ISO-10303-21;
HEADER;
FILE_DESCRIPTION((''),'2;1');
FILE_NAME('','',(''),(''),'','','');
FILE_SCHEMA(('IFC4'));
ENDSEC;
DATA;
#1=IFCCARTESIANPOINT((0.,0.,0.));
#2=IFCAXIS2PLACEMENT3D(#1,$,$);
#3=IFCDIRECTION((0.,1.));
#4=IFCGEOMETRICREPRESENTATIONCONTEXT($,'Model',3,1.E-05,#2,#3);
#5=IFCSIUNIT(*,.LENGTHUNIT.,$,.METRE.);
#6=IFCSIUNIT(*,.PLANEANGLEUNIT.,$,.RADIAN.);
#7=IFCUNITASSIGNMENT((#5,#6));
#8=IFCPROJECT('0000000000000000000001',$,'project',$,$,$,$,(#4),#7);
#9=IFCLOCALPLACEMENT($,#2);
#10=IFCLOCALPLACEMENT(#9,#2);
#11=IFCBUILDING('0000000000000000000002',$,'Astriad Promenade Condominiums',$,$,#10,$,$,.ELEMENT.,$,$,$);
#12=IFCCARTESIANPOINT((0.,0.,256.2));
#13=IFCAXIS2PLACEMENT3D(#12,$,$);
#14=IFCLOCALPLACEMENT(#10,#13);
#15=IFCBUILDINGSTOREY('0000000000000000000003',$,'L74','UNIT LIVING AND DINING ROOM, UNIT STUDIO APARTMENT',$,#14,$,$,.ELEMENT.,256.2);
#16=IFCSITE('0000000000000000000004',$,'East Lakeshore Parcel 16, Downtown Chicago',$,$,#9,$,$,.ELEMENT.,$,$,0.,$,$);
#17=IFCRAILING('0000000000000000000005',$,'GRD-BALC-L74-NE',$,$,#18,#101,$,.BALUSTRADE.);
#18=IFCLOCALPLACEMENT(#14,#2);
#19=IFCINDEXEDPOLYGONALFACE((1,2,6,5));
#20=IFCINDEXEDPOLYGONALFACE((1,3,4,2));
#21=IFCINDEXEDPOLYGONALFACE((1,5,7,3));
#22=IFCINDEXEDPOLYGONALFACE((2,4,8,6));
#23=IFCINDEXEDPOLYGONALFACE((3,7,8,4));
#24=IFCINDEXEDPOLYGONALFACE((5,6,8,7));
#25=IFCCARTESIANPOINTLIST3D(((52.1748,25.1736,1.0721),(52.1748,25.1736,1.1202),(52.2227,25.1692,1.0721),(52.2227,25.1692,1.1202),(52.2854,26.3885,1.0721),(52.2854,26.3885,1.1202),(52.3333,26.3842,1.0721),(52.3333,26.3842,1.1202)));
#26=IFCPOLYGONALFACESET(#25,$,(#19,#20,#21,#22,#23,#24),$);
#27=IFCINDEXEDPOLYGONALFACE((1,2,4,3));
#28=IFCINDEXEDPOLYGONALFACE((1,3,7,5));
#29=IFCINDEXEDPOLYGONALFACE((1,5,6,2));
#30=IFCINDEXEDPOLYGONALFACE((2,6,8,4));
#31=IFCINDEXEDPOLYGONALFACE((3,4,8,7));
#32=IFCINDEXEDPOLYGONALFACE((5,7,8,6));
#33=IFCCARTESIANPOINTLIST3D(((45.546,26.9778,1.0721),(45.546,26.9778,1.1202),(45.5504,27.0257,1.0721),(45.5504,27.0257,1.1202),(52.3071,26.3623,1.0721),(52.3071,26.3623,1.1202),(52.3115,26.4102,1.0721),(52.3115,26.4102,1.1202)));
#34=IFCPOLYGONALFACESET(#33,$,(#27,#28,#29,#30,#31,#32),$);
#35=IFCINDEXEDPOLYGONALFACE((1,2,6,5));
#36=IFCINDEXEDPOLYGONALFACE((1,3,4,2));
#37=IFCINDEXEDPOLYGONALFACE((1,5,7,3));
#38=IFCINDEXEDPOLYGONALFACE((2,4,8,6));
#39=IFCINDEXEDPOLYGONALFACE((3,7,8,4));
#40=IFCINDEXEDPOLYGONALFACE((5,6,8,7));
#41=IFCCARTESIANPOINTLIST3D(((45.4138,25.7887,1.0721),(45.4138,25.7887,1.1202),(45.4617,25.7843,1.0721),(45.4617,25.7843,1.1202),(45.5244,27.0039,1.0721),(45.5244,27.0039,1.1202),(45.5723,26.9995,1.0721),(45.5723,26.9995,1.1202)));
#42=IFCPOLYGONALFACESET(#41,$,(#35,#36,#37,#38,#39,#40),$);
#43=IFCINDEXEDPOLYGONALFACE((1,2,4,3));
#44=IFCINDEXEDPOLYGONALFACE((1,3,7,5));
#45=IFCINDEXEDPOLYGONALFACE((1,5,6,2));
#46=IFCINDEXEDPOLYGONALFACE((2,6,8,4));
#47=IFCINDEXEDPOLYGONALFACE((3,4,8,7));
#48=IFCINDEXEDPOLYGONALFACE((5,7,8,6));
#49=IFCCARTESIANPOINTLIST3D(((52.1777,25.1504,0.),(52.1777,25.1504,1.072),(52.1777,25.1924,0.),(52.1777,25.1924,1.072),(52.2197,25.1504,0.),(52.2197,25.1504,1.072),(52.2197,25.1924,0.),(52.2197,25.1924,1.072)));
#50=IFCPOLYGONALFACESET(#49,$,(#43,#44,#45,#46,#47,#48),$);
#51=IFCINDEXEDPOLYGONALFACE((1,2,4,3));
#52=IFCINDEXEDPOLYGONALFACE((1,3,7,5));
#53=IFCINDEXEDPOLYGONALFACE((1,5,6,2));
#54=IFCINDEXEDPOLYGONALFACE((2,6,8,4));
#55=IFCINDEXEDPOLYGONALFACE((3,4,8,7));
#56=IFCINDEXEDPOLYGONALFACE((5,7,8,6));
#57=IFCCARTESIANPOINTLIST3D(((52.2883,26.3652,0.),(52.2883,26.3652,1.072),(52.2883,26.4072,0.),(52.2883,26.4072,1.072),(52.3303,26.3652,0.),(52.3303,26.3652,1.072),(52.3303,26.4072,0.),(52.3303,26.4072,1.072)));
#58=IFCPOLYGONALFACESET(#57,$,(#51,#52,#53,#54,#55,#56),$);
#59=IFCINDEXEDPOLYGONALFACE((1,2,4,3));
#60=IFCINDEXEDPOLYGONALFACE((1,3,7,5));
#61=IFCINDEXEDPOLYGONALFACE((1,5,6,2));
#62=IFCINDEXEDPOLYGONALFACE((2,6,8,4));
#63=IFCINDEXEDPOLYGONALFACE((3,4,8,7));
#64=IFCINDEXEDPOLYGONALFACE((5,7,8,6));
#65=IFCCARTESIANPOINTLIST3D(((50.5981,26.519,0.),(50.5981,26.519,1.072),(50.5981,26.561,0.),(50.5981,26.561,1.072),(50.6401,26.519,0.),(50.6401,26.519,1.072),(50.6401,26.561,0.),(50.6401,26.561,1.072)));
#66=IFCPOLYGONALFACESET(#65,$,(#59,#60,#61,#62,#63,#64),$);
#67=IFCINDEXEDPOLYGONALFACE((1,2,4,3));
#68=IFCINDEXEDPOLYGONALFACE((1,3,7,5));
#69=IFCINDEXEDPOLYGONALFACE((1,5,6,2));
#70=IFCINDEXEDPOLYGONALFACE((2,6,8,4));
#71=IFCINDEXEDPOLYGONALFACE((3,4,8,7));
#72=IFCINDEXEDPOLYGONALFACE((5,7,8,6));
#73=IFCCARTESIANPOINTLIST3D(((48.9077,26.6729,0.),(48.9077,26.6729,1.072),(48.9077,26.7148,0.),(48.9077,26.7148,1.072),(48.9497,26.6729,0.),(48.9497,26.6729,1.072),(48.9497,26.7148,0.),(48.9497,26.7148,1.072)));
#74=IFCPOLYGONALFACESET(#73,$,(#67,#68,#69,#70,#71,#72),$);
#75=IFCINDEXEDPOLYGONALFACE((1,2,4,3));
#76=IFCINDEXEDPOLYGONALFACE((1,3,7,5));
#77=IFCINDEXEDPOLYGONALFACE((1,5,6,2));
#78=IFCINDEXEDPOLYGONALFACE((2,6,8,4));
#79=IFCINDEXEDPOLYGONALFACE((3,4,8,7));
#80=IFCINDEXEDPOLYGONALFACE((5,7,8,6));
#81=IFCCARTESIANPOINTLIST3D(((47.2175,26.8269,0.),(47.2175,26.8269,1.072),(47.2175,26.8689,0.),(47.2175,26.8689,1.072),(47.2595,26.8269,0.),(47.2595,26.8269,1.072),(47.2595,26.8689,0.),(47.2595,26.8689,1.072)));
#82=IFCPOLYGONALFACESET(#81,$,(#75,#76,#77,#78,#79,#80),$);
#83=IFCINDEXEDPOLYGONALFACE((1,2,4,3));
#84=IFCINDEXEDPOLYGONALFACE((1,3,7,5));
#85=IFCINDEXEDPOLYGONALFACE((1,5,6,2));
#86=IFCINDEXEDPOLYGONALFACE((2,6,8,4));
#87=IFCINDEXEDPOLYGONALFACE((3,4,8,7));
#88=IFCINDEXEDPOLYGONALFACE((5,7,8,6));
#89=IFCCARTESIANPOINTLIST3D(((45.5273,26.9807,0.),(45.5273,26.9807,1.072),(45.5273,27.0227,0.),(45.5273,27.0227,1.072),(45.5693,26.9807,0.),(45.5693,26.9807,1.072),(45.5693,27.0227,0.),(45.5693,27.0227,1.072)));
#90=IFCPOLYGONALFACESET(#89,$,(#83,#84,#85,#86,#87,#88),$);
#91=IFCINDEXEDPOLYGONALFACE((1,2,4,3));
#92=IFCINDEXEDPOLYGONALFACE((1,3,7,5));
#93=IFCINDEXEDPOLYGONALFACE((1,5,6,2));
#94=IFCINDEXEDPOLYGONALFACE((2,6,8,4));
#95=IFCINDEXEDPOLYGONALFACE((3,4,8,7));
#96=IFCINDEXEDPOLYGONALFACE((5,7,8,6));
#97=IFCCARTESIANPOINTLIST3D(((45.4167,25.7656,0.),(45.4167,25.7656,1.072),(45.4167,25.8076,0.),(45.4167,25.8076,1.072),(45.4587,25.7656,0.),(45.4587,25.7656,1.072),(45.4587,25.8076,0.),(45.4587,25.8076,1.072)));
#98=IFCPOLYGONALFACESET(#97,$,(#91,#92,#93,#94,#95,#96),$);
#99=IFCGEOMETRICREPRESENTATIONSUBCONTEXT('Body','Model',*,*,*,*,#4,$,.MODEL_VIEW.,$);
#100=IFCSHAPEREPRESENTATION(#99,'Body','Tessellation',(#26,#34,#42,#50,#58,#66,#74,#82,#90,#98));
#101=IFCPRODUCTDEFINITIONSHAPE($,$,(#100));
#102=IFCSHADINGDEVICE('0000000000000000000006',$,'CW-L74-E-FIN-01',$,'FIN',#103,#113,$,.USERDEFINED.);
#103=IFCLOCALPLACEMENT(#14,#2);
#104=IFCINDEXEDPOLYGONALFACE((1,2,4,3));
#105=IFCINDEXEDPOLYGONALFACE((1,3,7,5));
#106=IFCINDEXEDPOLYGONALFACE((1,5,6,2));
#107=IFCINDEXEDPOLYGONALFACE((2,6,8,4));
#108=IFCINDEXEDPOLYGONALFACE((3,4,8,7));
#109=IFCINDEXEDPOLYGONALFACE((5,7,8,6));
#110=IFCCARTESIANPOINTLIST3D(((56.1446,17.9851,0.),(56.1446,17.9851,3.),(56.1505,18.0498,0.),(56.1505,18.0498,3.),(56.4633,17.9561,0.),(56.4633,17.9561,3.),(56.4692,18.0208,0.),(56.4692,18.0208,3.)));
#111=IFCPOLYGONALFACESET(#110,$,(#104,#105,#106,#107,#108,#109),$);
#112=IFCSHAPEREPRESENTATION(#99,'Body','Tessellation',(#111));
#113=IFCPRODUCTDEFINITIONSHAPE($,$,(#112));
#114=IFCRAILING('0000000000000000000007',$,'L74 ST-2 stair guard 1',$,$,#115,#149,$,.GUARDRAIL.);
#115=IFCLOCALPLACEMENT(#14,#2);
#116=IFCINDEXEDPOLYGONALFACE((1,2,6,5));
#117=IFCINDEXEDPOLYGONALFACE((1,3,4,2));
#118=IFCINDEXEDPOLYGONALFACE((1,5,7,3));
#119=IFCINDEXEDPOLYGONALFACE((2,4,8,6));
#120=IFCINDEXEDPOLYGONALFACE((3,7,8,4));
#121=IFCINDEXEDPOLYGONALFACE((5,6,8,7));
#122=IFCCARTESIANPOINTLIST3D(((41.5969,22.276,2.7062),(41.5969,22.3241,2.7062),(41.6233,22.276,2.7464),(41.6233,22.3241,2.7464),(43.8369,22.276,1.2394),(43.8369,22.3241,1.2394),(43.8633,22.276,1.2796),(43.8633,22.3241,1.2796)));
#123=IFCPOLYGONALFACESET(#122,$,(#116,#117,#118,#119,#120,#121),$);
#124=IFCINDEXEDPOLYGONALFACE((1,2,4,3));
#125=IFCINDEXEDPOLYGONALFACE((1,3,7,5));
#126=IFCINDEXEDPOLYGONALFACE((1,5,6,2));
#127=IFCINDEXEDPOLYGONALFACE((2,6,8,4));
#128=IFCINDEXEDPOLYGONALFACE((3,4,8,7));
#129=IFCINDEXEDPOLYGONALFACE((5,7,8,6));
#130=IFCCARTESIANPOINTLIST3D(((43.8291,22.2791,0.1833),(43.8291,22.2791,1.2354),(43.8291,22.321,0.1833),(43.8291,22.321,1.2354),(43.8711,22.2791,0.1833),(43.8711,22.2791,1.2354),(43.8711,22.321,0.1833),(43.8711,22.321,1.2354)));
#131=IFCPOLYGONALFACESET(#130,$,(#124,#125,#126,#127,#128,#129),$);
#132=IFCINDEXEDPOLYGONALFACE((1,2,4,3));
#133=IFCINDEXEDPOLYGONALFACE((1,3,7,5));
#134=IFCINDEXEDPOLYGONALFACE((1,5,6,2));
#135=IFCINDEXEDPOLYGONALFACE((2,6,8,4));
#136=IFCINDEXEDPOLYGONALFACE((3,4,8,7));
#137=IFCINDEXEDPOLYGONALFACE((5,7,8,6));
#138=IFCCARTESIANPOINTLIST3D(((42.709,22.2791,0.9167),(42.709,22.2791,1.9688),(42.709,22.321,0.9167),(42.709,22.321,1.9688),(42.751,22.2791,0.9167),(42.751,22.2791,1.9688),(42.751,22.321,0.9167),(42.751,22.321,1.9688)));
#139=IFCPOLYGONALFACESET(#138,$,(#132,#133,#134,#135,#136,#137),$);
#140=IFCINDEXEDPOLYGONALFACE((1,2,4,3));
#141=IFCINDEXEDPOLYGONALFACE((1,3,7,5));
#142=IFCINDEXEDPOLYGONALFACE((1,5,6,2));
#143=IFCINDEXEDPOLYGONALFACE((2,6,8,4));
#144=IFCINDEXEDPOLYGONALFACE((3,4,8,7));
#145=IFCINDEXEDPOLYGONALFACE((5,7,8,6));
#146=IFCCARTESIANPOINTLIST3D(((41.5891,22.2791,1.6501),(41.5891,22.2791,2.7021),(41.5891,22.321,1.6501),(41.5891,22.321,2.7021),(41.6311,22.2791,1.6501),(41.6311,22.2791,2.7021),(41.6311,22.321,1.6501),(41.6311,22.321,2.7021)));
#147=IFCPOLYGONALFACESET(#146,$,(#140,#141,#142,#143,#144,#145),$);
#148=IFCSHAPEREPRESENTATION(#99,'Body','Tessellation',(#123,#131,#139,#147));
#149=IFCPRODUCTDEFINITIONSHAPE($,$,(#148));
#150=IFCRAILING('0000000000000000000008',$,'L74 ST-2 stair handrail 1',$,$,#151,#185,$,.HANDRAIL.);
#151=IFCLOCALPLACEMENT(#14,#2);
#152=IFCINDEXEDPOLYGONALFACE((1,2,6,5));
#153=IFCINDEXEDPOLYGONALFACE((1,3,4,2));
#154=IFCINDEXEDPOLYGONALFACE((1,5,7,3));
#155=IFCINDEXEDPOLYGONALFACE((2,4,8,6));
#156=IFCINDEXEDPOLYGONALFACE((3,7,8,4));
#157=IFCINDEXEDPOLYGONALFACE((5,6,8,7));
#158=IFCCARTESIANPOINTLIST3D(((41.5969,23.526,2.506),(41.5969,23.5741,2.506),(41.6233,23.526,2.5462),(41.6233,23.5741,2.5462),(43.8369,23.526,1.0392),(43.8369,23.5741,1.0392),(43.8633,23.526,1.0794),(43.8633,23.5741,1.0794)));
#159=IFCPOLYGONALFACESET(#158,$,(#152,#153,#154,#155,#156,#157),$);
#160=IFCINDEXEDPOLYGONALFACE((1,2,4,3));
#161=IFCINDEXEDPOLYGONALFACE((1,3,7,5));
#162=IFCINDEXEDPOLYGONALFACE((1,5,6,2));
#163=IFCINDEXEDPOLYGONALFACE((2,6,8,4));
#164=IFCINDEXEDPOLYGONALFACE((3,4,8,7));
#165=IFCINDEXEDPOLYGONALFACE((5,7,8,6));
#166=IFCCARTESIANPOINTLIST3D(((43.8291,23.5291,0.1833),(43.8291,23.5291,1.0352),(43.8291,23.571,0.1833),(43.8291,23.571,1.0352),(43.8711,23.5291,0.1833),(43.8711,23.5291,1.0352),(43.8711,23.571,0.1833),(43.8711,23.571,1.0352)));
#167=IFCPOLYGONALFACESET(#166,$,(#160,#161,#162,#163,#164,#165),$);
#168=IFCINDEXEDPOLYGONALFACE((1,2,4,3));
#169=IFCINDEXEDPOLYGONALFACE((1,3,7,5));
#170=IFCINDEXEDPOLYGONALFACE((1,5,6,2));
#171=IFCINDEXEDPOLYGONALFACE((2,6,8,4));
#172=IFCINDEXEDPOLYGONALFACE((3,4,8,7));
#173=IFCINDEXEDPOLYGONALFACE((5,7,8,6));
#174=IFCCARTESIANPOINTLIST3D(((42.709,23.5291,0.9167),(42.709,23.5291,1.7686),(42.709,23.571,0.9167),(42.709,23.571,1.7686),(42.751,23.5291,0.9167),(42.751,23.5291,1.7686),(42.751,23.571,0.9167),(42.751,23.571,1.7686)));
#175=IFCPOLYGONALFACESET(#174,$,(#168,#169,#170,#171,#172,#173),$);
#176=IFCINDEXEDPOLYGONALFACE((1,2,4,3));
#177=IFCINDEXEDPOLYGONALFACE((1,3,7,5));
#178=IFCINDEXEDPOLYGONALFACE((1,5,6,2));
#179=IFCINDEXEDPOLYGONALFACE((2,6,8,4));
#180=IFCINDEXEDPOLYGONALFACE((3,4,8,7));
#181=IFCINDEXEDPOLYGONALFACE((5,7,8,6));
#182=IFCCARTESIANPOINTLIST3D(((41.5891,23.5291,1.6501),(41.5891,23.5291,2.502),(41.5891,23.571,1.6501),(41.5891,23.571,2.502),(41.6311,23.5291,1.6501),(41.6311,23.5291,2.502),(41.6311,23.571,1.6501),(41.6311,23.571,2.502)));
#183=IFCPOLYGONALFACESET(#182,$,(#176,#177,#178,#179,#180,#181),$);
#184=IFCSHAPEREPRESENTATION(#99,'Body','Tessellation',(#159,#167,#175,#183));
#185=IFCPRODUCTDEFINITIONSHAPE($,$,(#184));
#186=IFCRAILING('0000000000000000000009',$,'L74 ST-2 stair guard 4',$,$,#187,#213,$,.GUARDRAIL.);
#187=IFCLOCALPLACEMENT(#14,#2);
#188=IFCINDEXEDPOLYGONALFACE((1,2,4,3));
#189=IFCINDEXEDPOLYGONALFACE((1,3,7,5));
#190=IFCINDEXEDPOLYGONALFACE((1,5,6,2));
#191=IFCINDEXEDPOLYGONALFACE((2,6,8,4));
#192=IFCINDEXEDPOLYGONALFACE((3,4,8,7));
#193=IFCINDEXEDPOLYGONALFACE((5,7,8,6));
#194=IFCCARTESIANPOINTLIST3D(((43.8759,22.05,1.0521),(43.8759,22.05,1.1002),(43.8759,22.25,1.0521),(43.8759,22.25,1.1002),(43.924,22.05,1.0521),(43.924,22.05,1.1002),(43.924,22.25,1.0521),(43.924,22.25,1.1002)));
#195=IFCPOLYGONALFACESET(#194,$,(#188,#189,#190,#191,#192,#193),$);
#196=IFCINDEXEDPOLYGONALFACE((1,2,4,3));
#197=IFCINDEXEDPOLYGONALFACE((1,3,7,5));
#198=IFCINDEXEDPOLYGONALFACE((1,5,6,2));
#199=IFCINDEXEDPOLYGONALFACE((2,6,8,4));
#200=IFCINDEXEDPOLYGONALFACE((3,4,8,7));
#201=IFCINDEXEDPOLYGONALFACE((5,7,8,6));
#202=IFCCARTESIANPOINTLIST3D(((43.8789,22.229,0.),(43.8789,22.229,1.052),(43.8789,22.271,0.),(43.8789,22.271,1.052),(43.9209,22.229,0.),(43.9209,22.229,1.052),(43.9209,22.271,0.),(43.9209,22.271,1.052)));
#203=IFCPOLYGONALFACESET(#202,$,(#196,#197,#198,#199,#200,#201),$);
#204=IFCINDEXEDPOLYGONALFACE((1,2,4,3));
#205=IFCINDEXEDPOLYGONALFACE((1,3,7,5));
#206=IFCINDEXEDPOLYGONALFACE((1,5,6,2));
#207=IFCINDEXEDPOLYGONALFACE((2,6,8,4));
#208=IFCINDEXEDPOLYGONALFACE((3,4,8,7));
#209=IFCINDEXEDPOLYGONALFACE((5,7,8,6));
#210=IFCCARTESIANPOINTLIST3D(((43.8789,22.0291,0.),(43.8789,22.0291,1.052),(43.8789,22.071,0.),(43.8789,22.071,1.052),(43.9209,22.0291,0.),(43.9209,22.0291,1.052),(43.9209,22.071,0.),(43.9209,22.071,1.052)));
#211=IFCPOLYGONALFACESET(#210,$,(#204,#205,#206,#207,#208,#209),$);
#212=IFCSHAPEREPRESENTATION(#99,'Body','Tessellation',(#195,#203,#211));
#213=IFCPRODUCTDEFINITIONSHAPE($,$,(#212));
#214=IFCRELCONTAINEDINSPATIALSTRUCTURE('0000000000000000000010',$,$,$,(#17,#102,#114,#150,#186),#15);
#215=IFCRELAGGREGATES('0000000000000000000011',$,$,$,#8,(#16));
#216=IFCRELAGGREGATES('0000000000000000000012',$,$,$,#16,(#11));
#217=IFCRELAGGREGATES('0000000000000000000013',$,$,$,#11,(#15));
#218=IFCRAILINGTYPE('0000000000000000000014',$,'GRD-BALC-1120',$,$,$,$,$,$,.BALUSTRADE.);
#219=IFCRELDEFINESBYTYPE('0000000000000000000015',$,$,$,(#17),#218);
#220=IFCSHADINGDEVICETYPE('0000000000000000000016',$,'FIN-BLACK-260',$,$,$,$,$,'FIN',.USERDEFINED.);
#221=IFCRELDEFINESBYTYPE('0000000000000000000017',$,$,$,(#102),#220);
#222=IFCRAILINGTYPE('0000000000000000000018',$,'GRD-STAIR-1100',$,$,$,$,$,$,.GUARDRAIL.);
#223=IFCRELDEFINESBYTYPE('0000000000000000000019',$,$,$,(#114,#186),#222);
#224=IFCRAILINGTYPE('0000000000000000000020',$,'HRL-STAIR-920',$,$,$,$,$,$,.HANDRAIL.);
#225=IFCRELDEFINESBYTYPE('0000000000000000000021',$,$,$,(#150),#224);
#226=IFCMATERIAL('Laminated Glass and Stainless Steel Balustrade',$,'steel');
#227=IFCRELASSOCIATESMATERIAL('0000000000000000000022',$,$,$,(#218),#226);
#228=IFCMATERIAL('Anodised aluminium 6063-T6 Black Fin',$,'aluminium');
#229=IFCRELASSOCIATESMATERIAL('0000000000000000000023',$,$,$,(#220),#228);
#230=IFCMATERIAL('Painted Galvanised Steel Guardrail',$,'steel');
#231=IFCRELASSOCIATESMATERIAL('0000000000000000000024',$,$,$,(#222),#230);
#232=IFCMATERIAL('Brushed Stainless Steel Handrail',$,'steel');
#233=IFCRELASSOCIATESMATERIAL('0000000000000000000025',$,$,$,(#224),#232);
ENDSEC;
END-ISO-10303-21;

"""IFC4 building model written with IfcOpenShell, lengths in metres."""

from ifc_helpers import new_model, si_unit, direction, frame, origin, origin_2d, place, context, subcontext, project, spatial, rectangle, extrude, source, transform, mapped, material, type_object, type_shapes, element, save


model = new_model("IFC4")

# Units and contexts
model_context = context("Model", 3, precision=1e-05, world=origin(), true_north=direction((0.0, 1.0)))
body_context = subcontext(model_context, "Body", "Model", "MODEL_VIEW")
ifc_project = project(units=[si_unit("LENGTHUNIT", "METRE"), si_unit("PLANEANGLEUNIT", "RADIAN")], contexts=[model_context])

# Site, building, storey
site_placement = place(None, origin())
site = spatial("IfcSite", under=ifc_project, at=site_placement, Name="East Lakeshore Parcel 16, Downtown Chicago", CompositionType="ELEMENT", RefElevation=0.0)
building_placement = place(site_placement, origin())
building = spatial("IfcBuilding", under=site, at=building_placement, Name="Astriad Promenade Condominiums", CompositionType="ELEMENT")
storey_placement = place(building_placement, frame((0.0, 0.0, 256.2)))
storey = spatial("IfcBuildingStorey", under=building, at=storey_placement, Name="L74", Description="UNIT LIVING AND DINING ROOM, UNIT STUDIO APARTMENT", CompositionType="ELEMENT", Elevation=256.2)

# Railing
ifc_material_1 = material(Name="Laminated Glass and Stainless Steel Balustrade", Category="steel")
railing_type_1 = type_object("IfcRailingType", Name="GRD-BALC-1120", PredefinedType="BALUSTRADE", material=ifc_material_1)
shared_shape_1 = source(origin(), body_context, "Body", "SweptSolid", [
    extrude(rectangle(XDim=0.0481, YDim=0.0481, at=origin_2d()), frame((0.0, 0.0, 1.0962), z_axis=(0.090662, 0.995882, 0.0), x_axis=(-0.995882, 0.090662, 0.0)), (0.0, 0.0, 1.0), 1.22),
    extrude(rectangle(XDim=0.0481, YDim=0.0481, at=origin_2d()), frame((0.1106, 1.2148, 1.0962), z_axis=(-0.995882, 0.090659, 0.0), x_axis=(-0.090659, -0.995882, 0.0)), (0.0, 0.0, 1.0), 6.7891),
    extrude(rectangle(XDim=0.0481, YDim=0.0481, at=origin_2d()), frame((-6.6504, 1.8303, 1.0962), z_axis=(-0.090644, -0.995883, 0.0), x_axis=(0.995883, -0.090644, 0.0)), (0.0, 0.0, 1.0), 1.2202),
    extrude(rectangle(XDim=0.042, YDim=0.042, at=origin_2d()), origin(), (0.0, 0.0, 1.0), 1.072),
    extrude(rectangle(XDim=0.042, YDim=0.042, at=origin_2d()), frame((0.1106, 1.2148, 0.0)), (0.0, 0.0, 1.0), 1.072),
    extrude(rectangle(XDim=0.042, YDim=0.042, at=origin_2d()), frame((-1.5796, 1.3687, 0.0)), (0.0, 0.0, 1.0), 1.072),
    extrude(rectangle(XDim=0.042, YDim=0.042, at=origin_2d()), frame((-3.27, 1.5225, 0.0)), (0.0, 0.0, 1.0), 1.072),
    extrude(rectangle(XDim=0.042, YDim=0.042, at=origin_2d()), frame((-4.9602, 1.6765, 0.0)), (0.0, 0.0, 1.0), 1.072),
    extrude(rectangle(XDim=0.042, YDim=0.042, at=origin_2d()), frame((-6.6504, 1.8303, 0.0)), (0.0, 0.0, 1.0), 1.072),
    extrude(rectangle(XDim=0.042, YDim=0.042, at=origin_2d()), frame((-6.761, 0.6152, 0.0)), (0.0, 0.0, 1.0), 1.072),
])
type_shapes(railing_type_1, [shared_shape_1])
railing_1_placement = place(storey_placement, frame((52.1987, 25.1714, 0.0)))
element("IfcRailing", 1, at=railing_1_placement, inside=storey, type_object=railing_type_1, Name="GRD-BALC-L74-NE", PredefinedType="BALUSTRADE", context=body_context, shape_type="MappedRepresentation", body=[
    mapped(shared_shape_1, transform((0.0, 0.0, 0.0), scale=1.0)),
])

# Shading device
ifc_material_2 = material(Name="Anodised aluminium 6063-T6 Black Fin", Category="aluminium")
shading_device_type = type_object("IfcShadingDeviceType", Name="FIN-BLACK-260", ElementType="FIN", PredefinedType="USERDEFINED", material=ifc_material_2)
shared_shape_2 = source(origin(), body_context, "Body", "SweptSolid", [
    extrude(rectangle(XDim=0.0649, YDim=0.3201, at=origin_2d()), origin(), (0.0, 0.0, 1.0), 3.0),
])
type_shapes(shading_device_type, [shared_shape_2])
shading_device_placement = place(storey_placement, frame((56.3069, 18.0029, 0.0), z_axis=(0.0, 0.0, 1.0), x_axis=(-0.090633, -0.995884, 0.0)))
element("IfcShadingDevice", 2, at=shading_device_placement, inside=storey, type_object=shading_device_type, Name="CW-L74-E-FIN-01", ObjectType="FIN", PredefinedType="USERDEFINED", context=body_context, shape_type="MappedRepresentation", body=[
    mapped(shared_shape_2, transform((0.0, 0.0, 0.0), scale=1.0)),
])

# Railings
ifc_material_3 = material(Name="Painted Galvanised Steel Guardrail", Category="steel")
railing_type_2 = type_object("IfcRailingType", Name="GRD-STAIR-1100", PredefinedType="GUARDRAIL", material=ifc_material_3)
shared_shape_3 = source(origin(), body_context, "Body", "SweptSolid", [
    extrude(rectangle(XDim=0.0481, YDim=0.0481, at=origin_2d()), frame((0.0, 0.0, 1.0762), z_axis=(-0.836595, 0.0, 0.547822), x_axis=(0.0, -1.0, 0.0)), (0.0, 0.0, 1.0), 2.6775),
    extrude(rectangle(XDim=0.042, YDim=0.042, at=origin_2d()), origin(), (0.0, 0.0, 1.0), 1.052),
    extrude(rectangle(XDim=0.042, YDim=0.042, at=origin_2d()), frame((-1.1201, 0.0, 0.7334)), (0.0, 0.0, 1.0), 1.052),
    extrude(rectangle(XDim=0.042, YDim=0.042, at=origin_2d()), frame((-2.24, 0.0, 1.4668)), (0.0, 0.0, 1.0), 1.052),
])
railing_2_placement = place(storey_placement, frame((43.8501, 22.3, 0.1833)))
element("IfcRailing", 3, at=railing_2_placement, inside=storey, type_object=railing_type_2, Name="L74 ST-2 stair guard 1", PredefinedType="GUARDRAIL", context=body_context, shape_type="MappedRepresentation", body=[
    mapped(shared_shape_3, transform((0.0, 0.0, 0.0), scale=1.0)),
])
ifc_material_4 = material(Name="Brushed Stainless Steel Handrail", Category="steel")
railing_type_3 = type_object("IfcRailingType", Name="HRL-STAIR-920", PredefinedType="HANDRAIL", material=ifc_material_4)
shared_shape_4 = source(origin(), body_context, "Body", "SweptSolid", [
    extrude(rectangle(XDim=0.0481, YDim=0.0481, at=origin_2d()), frame((0.0, 0.0, 0.876), z_axis=(-0.836595, 0.0, 0.547822), x_axis=(0.0, -1.0, 0.0)), (0.0, 0.0, 1.0), 2.6775),
    extrude(rectangle(XDim=0.042, YDim=0.042, at=origin_2d()), origin(), (0.0, 0.0, 1.0), 0.8518),
    extrude(rectangle(XDim=0.042, YDim=0.042, at=origin_2d()), frame((-1.1201, 0.0, 0.7334)), (0.0, 0.0, 1.0), 0.8518),
    extrude(rectangle(XDim=0.042, YDim=0.042, at=origin_2d()), frame((-2.24, 0.0, 1.4668)), (0.0, 0.0, 1.0), 0.8518),
])
type_shapes(railing_type_3, [shared_shape_4])
railing_3_placement = place(storey_placement, frame((43.8501, 23.55, 0.1833)))
element("IfcRailing", 4, at=railing_3_placement, inside=storey, type_object=railing_type_3, Name="L74 ST-2 stair handrail 1", PredefinedType="HANDRAIL", context=body_context, shape_type="MappedRepresentation", body=[
    mapped(shared_shape_4, transform((0.0, 0.0, 0.0), scale=1.0)),
])
shared_shape_5 = source(origin(), body_context, "Body", "SweptSolid", [
    extrude(rectangle(XDim=0.0481, YDim=0.0481, at=origin_2d()), frame((0.0, 0.0, 1.0762), z_axis=(0.0, -1.0, 0.0), x_axis=(1.0, 0.0, 0.0)), (0.0, 0.0, 1.0), 0.2),
    extrude(rectangle(XDim=0.042, YDim=0.042, at=origin_2d()), origin(), (0.0, 0.0, 1.0), 1.052),
    extrude(rectangle(XDim=0.042, YDim=0.042, at=origin_2d()), frame((0.0, -0.2, 0.0)), (0.0, 0.0, 1.0), 1.052),
])
type_shapes(railing_type_2, [shared_shape_3, shared_shape_5])
railing_4_placement = place(storey_placement, frame((43.8999, 22.25, 0.0)))
element("IfcRailing", 5, at=railing_4_placement, inside=storey, type_object=railing_type_2, Name="L74 ST-2 stair guard 4", PredefinedType="GUARDRAIL", context=body_context, shape_type="MappedRepresentation", body=[
    mapped(shared_shape_5, transform((0.0, 0.0, 0.0), scale=1.0)),
])

save(model, "model.ifc")
